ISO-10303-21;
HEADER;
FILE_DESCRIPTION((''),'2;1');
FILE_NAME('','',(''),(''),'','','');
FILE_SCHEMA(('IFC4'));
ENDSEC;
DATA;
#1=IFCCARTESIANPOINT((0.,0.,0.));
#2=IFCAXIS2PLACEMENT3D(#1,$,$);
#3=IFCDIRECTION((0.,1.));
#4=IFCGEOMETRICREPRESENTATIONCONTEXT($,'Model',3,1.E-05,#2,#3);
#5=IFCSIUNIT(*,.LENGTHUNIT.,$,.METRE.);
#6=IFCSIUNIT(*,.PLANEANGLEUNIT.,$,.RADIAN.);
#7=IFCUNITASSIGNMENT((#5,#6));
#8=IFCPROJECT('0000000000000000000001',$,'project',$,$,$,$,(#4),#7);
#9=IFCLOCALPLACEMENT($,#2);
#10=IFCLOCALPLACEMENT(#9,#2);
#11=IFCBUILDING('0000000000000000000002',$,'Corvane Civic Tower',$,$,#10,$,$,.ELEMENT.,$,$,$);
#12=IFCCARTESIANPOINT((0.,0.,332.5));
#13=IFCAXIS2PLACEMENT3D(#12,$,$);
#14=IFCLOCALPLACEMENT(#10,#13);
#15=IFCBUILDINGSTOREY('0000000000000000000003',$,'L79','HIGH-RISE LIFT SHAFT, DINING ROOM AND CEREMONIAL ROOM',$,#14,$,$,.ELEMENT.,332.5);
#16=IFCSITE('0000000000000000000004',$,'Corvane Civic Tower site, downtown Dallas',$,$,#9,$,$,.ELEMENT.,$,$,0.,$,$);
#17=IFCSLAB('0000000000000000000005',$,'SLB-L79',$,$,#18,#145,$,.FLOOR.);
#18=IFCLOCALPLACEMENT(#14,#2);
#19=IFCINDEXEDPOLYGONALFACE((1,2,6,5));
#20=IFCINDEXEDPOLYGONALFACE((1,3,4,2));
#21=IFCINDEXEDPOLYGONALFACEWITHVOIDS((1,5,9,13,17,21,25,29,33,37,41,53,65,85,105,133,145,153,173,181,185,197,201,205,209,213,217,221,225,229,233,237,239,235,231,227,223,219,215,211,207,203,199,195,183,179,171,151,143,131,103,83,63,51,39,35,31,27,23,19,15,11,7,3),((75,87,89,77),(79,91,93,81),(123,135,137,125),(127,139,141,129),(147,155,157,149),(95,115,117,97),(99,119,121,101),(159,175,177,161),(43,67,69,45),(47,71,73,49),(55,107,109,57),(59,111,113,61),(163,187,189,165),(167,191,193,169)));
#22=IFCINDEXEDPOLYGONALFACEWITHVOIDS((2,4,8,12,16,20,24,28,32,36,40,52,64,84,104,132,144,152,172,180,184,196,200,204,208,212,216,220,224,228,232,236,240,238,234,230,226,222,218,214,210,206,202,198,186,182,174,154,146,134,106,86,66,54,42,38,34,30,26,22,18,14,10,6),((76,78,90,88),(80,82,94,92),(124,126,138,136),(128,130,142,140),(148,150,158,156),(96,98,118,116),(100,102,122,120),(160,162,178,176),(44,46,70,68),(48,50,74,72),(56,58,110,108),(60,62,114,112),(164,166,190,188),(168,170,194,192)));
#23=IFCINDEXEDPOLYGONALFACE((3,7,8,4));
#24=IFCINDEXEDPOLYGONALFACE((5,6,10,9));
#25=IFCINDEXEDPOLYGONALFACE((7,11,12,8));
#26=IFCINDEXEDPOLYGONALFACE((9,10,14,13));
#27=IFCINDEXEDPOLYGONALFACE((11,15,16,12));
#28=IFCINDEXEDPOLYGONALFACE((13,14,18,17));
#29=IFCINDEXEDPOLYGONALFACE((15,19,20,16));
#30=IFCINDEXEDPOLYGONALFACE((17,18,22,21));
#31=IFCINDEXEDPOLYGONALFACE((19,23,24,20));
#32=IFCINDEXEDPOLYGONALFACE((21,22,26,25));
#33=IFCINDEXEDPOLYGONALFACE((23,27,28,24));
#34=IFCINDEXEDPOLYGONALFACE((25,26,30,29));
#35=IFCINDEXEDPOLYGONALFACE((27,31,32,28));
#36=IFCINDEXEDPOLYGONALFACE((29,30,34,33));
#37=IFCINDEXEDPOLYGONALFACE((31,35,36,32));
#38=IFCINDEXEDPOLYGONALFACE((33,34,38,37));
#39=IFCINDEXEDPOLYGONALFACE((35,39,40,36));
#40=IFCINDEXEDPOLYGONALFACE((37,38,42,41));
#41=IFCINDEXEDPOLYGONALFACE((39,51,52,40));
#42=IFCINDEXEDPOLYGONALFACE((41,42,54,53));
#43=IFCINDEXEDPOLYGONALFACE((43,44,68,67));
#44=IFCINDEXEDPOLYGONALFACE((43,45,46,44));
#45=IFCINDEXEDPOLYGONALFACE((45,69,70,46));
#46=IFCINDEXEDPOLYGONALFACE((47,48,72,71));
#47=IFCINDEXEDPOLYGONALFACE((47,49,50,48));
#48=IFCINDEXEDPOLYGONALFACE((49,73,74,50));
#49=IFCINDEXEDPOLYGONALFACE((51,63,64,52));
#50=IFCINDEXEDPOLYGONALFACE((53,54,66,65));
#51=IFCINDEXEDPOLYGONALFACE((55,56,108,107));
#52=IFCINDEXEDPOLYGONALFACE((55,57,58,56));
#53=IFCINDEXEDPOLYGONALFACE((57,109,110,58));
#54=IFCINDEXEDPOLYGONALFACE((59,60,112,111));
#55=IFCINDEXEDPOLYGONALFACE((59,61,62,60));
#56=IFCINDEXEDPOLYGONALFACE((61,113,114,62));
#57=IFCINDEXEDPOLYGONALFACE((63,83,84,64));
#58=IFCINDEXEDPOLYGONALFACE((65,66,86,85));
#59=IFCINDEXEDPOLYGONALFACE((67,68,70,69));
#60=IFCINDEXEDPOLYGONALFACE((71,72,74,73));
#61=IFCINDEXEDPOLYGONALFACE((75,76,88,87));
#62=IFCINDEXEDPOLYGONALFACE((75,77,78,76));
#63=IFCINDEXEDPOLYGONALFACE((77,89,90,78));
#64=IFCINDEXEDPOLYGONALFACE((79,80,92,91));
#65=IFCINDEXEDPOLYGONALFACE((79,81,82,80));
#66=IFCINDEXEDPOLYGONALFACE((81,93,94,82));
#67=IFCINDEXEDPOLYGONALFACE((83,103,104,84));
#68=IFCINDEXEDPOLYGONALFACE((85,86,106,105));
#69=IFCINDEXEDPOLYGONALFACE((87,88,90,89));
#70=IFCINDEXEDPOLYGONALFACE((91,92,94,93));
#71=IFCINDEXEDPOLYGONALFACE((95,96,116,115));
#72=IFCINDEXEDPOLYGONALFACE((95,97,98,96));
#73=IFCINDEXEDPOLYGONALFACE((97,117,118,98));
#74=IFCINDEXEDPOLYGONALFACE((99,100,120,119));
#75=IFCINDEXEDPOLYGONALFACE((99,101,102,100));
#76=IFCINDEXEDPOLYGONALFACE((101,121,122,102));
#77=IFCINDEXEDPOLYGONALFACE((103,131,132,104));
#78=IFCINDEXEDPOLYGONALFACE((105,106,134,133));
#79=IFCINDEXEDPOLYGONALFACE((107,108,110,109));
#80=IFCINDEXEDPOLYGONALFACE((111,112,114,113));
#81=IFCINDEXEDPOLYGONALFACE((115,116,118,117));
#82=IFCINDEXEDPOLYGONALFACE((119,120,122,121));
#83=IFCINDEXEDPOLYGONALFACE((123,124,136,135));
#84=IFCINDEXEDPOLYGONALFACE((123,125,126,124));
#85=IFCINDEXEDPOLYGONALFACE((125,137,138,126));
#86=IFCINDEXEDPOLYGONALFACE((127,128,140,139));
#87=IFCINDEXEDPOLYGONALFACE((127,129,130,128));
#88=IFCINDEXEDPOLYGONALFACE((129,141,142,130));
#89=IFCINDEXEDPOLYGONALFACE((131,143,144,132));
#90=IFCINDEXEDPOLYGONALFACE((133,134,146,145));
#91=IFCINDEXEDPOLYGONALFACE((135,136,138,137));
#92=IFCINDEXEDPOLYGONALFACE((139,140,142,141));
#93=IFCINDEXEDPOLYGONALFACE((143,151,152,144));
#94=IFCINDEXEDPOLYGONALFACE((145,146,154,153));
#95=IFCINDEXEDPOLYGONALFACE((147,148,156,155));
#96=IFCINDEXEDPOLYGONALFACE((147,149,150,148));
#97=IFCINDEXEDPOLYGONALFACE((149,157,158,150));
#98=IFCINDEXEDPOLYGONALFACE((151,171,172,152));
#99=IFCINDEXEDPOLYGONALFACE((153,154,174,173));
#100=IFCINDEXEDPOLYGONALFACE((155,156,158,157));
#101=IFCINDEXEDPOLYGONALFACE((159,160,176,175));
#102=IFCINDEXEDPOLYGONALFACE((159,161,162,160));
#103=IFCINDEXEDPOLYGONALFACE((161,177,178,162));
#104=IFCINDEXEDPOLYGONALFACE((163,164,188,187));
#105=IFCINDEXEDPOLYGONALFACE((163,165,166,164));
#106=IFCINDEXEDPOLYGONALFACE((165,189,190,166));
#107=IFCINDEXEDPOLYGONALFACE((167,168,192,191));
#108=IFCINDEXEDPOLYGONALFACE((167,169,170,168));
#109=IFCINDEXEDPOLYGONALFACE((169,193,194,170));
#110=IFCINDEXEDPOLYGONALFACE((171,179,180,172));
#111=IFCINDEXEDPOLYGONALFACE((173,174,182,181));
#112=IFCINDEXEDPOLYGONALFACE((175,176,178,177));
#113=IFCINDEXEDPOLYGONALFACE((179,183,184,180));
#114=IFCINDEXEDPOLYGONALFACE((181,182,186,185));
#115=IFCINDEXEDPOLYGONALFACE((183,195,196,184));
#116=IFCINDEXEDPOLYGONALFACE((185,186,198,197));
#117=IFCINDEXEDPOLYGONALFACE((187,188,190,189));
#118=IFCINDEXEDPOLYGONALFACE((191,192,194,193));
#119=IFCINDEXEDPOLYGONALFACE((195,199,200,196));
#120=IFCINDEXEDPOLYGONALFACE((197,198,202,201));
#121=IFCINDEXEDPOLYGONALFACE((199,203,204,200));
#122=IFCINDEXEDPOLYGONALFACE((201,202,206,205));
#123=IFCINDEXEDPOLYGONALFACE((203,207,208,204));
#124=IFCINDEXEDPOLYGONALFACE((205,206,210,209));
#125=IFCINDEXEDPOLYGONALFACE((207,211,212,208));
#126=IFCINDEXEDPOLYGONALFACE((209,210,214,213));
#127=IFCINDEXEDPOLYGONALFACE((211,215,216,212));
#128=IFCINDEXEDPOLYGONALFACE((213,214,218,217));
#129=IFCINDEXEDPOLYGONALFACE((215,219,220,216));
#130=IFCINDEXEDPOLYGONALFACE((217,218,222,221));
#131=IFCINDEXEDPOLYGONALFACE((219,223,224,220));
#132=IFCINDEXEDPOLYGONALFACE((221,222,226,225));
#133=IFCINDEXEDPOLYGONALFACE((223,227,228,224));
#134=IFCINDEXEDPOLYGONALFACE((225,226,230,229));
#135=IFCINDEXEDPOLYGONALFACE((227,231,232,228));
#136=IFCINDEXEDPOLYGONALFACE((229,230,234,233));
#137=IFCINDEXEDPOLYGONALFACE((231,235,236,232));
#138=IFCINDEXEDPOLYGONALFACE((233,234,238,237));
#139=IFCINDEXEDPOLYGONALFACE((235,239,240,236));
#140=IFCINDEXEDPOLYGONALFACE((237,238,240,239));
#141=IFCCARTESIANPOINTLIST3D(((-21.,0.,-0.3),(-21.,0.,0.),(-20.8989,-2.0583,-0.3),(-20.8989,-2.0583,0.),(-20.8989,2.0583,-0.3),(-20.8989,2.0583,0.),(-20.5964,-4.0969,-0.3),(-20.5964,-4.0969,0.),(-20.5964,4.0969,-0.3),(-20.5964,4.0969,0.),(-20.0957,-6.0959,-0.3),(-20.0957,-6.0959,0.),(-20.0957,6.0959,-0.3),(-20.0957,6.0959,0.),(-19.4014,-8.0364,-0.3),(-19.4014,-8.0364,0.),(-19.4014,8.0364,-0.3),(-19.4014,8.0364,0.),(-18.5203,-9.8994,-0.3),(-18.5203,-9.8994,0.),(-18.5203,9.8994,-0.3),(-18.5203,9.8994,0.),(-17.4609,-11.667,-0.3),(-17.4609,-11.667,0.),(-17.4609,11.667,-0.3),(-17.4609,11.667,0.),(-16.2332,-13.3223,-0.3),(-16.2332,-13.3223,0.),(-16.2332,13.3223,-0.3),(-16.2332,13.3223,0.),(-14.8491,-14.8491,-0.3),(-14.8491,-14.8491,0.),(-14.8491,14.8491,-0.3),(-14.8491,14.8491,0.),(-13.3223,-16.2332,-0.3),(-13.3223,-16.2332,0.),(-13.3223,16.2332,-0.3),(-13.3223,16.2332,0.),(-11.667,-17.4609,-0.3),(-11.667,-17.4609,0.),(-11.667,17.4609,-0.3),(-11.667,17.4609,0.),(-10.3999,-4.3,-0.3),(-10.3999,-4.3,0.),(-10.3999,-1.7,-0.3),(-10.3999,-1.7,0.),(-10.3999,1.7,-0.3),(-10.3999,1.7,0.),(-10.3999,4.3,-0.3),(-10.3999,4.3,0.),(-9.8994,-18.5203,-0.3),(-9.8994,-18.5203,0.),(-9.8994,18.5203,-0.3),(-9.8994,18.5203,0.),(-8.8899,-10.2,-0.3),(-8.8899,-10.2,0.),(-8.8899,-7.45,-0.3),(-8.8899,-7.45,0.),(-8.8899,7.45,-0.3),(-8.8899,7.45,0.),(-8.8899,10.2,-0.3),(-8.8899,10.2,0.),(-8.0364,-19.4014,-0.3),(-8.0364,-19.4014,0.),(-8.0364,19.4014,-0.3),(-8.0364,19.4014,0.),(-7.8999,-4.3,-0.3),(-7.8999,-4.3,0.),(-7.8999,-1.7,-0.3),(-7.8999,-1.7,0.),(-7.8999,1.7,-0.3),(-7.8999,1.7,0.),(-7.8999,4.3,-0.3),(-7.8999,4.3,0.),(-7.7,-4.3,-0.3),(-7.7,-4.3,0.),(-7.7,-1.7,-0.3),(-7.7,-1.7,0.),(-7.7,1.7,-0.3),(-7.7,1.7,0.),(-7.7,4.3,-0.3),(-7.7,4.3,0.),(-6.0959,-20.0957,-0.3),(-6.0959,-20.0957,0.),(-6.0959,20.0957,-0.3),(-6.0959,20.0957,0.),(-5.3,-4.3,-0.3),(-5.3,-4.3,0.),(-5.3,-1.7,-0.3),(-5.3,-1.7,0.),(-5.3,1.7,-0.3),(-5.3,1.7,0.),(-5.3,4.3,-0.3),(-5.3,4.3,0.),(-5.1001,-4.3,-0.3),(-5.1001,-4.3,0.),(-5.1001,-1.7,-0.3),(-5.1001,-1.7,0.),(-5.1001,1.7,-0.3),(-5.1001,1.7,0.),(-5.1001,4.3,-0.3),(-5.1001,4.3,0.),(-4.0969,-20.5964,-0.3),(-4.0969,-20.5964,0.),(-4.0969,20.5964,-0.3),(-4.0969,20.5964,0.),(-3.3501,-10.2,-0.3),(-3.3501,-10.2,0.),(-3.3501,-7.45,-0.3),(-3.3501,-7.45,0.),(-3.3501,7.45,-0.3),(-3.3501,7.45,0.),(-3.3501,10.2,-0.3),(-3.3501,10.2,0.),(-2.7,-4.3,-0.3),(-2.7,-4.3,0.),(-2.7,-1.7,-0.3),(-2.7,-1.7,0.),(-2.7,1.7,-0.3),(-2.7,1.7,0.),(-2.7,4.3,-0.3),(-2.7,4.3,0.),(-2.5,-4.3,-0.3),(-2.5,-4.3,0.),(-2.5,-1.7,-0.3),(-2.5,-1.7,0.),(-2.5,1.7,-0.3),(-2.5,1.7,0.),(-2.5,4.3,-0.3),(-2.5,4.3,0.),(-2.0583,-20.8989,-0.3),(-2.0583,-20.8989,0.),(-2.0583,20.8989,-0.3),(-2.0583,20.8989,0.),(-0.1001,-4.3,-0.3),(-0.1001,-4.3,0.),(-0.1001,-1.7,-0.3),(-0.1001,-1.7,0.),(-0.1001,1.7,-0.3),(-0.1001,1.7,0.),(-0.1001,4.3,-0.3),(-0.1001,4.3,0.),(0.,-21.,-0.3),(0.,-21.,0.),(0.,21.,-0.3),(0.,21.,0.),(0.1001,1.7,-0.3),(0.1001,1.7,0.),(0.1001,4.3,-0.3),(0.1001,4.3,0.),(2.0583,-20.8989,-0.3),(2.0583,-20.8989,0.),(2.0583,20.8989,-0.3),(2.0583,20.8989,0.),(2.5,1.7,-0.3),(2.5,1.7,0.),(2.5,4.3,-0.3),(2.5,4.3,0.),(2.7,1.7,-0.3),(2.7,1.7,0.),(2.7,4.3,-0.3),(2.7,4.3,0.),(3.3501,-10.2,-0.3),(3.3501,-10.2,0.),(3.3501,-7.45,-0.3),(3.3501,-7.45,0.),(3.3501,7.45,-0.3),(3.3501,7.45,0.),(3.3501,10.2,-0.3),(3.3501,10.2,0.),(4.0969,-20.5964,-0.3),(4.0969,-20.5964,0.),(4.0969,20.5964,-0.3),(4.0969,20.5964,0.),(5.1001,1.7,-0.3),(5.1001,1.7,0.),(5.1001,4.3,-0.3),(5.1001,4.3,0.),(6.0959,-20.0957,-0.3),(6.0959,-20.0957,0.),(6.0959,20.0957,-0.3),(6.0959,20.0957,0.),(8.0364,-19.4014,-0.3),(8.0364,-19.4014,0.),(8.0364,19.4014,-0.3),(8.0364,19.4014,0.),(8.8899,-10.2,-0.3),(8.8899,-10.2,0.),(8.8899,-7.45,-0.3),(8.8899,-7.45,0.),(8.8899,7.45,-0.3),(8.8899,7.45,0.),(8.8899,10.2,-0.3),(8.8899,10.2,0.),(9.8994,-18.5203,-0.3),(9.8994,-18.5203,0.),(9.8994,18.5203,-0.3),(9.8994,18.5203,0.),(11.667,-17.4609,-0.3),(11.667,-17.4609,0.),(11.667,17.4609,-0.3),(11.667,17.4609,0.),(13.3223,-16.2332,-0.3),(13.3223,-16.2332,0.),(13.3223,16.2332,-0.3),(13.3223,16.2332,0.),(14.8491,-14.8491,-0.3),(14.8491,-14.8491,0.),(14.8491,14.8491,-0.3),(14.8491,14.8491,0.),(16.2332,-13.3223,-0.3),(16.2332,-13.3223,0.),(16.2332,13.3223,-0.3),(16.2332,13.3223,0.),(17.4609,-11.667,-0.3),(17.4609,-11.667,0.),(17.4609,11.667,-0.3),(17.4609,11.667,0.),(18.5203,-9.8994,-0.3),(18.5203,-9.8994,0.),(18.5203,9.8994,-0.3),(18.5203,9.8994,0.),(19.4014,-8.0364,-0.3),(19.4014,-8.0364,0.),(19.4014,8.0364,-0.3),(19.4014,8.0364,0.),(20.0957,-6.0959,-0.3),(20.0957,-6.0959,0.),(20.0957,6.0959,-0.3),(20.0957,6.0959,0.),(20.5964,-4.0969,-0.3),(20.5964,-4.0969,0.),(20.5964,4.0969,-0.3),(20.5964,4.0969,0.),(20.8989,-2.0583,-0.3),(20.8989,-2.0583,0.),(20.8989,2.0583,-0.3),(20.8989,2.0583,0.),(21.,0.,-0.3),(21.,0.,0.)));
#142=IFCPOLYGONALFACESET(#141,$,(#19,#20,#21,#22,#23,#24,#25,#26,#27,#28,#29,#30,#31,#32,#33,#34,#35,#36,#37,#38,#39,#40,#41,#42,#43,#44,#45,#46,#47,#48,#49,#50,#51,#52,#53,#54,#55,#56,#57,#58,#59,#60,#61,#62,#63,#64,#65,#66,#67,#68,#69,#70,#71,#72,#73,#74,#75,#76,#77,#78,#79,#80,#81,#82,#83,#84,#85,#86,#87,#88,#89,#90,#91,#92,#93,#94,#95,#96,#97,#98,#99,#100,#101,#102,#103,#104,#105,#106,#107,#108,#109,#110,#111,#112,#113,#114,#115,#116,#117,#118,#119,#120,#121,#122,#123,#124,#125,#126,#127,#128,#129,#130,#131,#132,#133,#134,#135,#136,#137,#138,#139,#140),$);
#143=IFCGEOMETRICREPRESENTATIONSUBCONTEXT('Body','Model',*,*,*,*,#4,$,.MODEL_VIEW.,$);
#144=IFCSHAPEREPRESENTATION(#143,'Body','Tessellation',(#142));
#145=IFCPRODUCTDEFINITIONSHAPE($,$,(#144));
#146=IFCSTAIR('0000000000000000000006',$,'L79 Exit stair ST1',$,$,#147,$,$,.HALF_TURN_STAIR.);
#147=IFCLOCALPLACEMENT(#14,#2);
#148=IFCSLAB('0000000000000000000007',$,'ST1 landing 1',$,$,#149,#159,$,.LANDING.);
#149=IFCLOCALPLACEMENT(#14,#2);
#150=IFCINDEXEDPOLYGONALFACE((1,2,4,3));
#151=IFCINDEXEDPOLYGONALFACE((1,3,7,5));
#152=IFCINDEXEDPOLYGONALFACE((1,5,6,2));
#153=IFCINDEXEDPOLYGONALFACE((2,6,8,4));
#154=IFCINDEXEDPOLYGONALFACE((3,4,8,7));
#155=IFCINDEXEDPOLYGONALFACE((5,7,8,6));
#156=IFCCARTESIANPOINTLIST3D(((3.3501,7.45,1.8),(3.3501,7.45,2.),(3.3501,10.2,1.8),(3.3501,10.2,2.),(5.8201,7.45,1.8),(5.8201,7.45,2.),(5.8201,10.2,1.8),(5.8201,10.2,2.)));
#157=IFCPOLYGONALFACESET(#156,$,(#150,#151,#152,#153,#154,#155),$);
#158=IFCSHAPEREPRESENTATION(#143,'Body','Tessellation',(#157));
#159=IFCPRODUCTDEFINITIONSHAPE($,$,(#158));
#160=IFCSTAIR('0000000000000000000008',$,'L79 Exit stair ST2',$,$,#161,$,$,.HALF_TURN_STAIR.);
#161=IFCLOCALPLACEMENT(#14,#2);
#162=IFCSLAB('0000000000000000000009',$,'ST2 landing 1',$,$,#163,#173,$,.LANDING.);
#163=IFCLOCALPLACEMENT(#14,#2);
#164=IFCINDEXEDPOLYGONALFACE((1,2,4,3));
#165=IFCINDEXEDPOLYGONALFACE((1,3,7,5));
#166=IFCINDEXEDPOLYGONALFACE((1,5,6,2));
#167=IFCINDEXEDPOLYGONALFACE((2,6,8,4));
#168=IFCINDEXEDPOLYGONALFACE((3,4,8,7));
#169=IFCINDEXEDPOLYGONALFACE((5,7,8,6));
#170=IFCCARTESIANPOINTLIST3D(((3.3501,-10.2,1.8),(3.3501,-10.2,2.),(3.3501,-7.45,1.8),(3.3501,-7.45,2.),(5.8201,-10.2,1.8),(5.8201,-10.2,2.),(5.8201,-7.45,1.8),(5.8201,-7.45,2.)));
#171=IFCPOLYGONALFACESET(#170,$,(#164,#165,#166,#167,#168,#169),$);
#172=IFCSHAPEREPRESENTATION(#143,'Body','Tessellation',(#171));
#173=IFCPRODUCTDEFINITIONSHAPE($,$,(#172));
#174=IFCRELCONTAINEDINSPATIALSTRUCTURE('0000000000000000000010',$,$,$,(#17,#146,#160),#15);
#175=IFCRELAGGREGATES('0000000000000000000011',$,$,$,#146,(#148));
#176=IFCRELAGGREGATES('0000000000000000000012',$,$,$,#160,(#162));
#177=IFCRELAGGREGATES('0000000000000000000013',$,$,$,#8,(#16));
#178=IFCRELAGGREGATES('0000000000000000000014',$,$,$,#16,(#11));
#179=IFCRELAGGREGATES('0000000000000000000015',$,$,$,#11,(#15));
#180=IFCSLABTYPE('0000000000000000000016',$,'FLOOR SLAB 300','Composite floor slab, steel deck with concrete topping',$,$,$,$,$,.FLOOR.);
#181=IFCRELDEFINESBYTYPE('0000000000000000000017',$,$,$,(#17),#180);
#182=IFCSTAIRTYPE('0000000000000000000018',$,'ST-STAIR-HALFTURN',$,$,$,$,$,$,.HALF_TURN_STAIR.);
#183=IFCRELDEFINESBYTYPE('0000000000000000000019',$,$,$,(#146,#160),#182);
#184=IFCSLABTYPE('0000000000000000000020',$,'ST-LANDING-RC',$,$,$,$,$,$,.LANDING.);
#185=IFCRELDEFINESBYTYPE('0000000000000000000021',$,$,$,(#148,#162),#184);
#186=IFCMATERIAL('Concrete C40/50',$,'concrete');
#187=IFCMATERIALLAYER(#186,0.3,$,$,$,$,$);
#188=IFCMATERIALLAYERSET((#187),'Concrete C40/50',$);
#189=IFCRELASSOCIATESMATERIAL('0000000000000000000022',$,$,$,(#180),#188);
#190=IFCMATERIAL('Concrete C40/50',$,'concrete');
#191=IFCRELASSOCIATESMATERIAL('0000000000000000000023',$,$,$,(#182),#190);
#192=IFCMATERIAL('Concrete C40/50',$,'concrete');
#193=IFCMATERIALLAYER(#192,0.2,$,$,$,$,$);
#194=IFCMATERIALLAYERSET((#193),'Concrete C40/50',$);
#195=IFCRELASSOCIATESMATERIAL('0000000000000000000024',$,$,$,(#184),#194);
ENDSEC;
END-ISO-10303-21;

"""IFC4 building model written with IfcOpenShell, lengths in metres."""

from ifc_helpers import new_model, si_unit, direction, frame, origin, place, context, subcontext, project, spatial, polyline, outline, extrude, material, layer, layer_set, type_object, element, aggregate, save


model = new_model("IFC4")

# Units and contexts
model_context = context("Model", 3, precision=1e-05, world=origin(), true_north=direction((0.0, 1.0)))
body_context = subcontext(model_context, "Body", "Model", "MODEL_VIEW")
ifc_project = project(units=[si_unit("LENGTHUNIT", "METRE"), si_unit("PLANEANGLEUNIT", "RADIAN")], contexts=[model_context])

# Site, building, storey
site_placement = place(None, origin())
site = spatial("IfcSite", under=ifc_project, at=site_placement, Name="Corvane Civic Tower site, downtown Dallas", CompositionType="ELEMENT", RefElevation=0.0)
building_placement = place(site_placement, origin())
building = spatial("IfcBuilding", under=site, at=building_placement, Name="Corvane Civic Tower", CompositionType="ELEMENT")
storey_placement = place(building_placement, frame((0.0, 0.0, 332.5)))
storey = spatial("IfcBuildingStorey", under=building, at=storey_placement, Name="L79", Description="HIGH-RISE LIFT SHAFT, DINING ROOM AND CEREMONIAL ROOM", CompositionType="ELEMENT", Elevation=332.5)

# Slab
ifc_material_1 = material(Name="Concrete C40/50", Category="concrete")
ifc_layer_1 = layer(ifc_material_1, 0.3)
ifc_layer_set_1 = layer_set([ifc_layer_1], Name="Concrete C40/50")
slab_type_1 = type_object("IfcSlabType", Name="FLOOR SLAB 300", Description="Composite floor slab, steel deck with concrete topping", PredefinedType="FLOOR", material=ifc_layer_set_1)
slab_1_placement = place(storey_placement, frame((0.0, 0.0, -0.3)))
element("IfcSlab", 1, at=slab_1_placement, inside=storey, type_object=slab_type_1, Name="SLB-L79", PredefinedType="FLOOR", context=body_context, shape_type="SweptSolid", body=[
    extrude(outline(polyline([(0.0, 21.0), (-2.0583, 20.8989), (-4.0969, 20.5964), (-6.0959, 20.0957), (-8.0364, 19.4014), (-9.8994, 18.5203), (-11.667, 17.4609), (-13.3223, 16.2332), (-14.8491, 14.8491), (-16.2332, 13.3223), (-17.4609, 11.667), (-18.5203, 9.8994), (-19.4014, 8.0364), (-20.0957, 6.0959), (-20.5964, 4.0969), (-20.8989, 2.0583), (-21.0, 0.0), (-20.8989, -2.0583), (-20.5964, -4.0969), (-20.0957, -6.0959), (-19.4014, -8.0364), (-18.5203, -9.8994), (-17.4609, -11.667), (-16.2332, -13.3223), (-14.8491, -14.8491), (-13.3223, -16.2332), (-11.667, -17.4609), (-9.8994, -18.5203), (-8.0364, -19.4014), (-6.0959, -20.0957), (-4.0969, -20.5964), (-2.0583, -20.8989), (0.0, -21.0), (2.0583, -20.8989), (4.0969, -20.5964), (6.0959, -20.0957), (8.0364, -19.4014), (9.8994, -18.5203), (11.667, -17.4609), (13.3223, -16.2332), (14.8491, -14.8491), (16.2332, -13.3223), (17.4609, -11.667), (18.5203, -9.8994), (19.4014, -8.0364), (20.0957, -6.0959), (20.5964, -4.0969), (20.8989, -2.0583), (21.0, 0.0), (20.8989, 2.0583), (20.5964, 4.0969), (20.0957, 6.0959), (19.4014, 8.0364), (18.5203, 9.8994), (17.4609, 11.667), (16.2332, 13.3223), (14.8491, 14.8491), (13.3223, 16.2332), (11.667, 17.4609), (9.8994, 18.5203), (8.0364, 19.4014), (6.0959, 20.0957), (4.0969, 20.5964), (2.0583, 20.8989), (0.0, 21.0)]), holes=[polyline([(-10.3999, 4.3), (-7.8999, 4.3), (-7.8999, 1.7), (-10.3999, 1.7), (-10.3999, 4.3)]), polyline([(-7.7, 4.3), (-5.3, 4.3), (-5.3, 1.7), (-7.7, 1.7), (-7.7, 4.3)]), polyline([(-5.1001, 4.3), (-2.7, 4.3), (-2.7, 1.7), (-5.1001, 1.7), (-5.1001, 4.3)]), polyline([(-2.5, 4.3), (-0.1001, 4.3), (-0.1001, 1.7), (-2.5, 1.7), (-2.5, 4.3)]), polyline([(0.1001, 1.7), (0.1001, 4.3), (2.5, 4.3), (2.5, 1.7), (0.1001, 1.7)]), polyline([(2.7, 1.7), (2.7, 4.3), (5.1001, 4.3), (5.1001, 1.7), (2.7, 1.7)]), polyline([(-10.3999, -1.7), (-7.8999, -1.7), (-7.8999, -4.3), (-10.3999, -4.3), (-10.3999, -1.7)]), polyline([(-7.7, -4.3), (-7.7, -1.7), (-5.3, -1.7), (-5.3, -4.3), (-7.7, -4.3)]), polyline([(-5.1001, -4.3), (-5.1001, -1.7), (-2.7, -1.7), (-2.7, -4.3), (-5.1001, -4.3)]), polyline([(-2.5, -4.3), (-2.5, -1.7), (-0.1001, -1.7), (-0.1001, -4.3), (-2.5, -4.3)]), polyline([(8.8899, 10.2), (8.8899, 7.45), (3.3501, 7.45), (3.3501, 10.2), (8.8899, 10.2)]), polyline([(-8.8899, 7.45), (-8.8899, 10.2), (-3.3501, 10.2), (-3.3501, 7.45), (-8.8899, 7.45)]), polyline([(8.8899, -7.45), (8.8899, -10.2), (3.3501, -10.2), (3.3501, -7.45), (8.8899, -7.45)]), polyline([(-8.8899, -10.2), (-8.8899, -7.45), (-3.3501, -7.45), (-3.3501, -10.2), (-8.8899, -10.2)])]), origin(), (0.0, 0.0, 1.0), 0.3),
])

# Stairs, slabs
ifc_material_2 = material(Name="Concrete C40/50", Category="concrete")
stair_type = type_object("IfcStairType", Name="ST-STAIR-HALFTURN", PredefinedType="HALF_TURN_STAIR", material=ifc_material_2)
stair_1_placement = place(storey_placement, origin())
stair_1 = element("IfcStair", 2, at=stair_1_placement, inside=storey, type_object=stair_type, Name="L79 Exit stair ST1", PredefinedType="HALF_TURN_STAIR")
ifc_material_3 = material(Name="Concrete C40/50", Category="concrete")
ifc_layer_2 = layer(ifc_material_3, 0.2)
ifc_layer_set_2 = layer_set([ifc_layer_2], Name="Concrete C40/50")
slab_type_2 = type_object("IfcSlabType", Name="ST-LANDING-RC", PredefinedType="LANDING", material=ifc_layer_set_2)
slab_2_placement = place(storey_placement, frame((0.0, 0.0, 1.8)))
slab_2 = element("IfcSlab", 3, at=slab_2_placement, type_object=slab_type_2, Name="ST1 landing 1", PredefinedType="LANDING", context=body_context, shape_type="SweptSolid", body=[
    extrude(outline(polyline([(5.8201, 10.2), (3.3501, 10.2), (3.3501, 7.45), (5.8201, 7.45), (5.8201, 10.2)])), origin(), (0.0, 0.0, 1.0), 0.2),
])
aggregate(stair_1, [slab_2])
stair_2_placement = place(storey_placement, origin())
stair_2 = element("IfcStair", 4, at=stair_2_placement, inside=storey, type_object=stair_type, Name="L79 Exit stair ST2", PredefinedType="HALF_TURN_STAIR")
slab_3_placement = place(storey_placement, frame((0.0, 0.0, 1.8)))
slab_3 = element("IfcSlab", 5, at=slab_3_placement, type_object=slab_type_2, Name="ST2 landing 1", PredefinedType="LANDING", context=body_context, shape_type="SweptSolid", body=[
    extrude(outline(polyline([(5.8201, -7.45), (3.3501, -7.45), (3.3501, -10.2), (5.8201, -10.2), (5.8201, -7.45)])), origin(), (0.0, 0.0, 1.0), 0.2),
])
aggregate(stair_2, [slab_3])

save(model, "model.ifc")
